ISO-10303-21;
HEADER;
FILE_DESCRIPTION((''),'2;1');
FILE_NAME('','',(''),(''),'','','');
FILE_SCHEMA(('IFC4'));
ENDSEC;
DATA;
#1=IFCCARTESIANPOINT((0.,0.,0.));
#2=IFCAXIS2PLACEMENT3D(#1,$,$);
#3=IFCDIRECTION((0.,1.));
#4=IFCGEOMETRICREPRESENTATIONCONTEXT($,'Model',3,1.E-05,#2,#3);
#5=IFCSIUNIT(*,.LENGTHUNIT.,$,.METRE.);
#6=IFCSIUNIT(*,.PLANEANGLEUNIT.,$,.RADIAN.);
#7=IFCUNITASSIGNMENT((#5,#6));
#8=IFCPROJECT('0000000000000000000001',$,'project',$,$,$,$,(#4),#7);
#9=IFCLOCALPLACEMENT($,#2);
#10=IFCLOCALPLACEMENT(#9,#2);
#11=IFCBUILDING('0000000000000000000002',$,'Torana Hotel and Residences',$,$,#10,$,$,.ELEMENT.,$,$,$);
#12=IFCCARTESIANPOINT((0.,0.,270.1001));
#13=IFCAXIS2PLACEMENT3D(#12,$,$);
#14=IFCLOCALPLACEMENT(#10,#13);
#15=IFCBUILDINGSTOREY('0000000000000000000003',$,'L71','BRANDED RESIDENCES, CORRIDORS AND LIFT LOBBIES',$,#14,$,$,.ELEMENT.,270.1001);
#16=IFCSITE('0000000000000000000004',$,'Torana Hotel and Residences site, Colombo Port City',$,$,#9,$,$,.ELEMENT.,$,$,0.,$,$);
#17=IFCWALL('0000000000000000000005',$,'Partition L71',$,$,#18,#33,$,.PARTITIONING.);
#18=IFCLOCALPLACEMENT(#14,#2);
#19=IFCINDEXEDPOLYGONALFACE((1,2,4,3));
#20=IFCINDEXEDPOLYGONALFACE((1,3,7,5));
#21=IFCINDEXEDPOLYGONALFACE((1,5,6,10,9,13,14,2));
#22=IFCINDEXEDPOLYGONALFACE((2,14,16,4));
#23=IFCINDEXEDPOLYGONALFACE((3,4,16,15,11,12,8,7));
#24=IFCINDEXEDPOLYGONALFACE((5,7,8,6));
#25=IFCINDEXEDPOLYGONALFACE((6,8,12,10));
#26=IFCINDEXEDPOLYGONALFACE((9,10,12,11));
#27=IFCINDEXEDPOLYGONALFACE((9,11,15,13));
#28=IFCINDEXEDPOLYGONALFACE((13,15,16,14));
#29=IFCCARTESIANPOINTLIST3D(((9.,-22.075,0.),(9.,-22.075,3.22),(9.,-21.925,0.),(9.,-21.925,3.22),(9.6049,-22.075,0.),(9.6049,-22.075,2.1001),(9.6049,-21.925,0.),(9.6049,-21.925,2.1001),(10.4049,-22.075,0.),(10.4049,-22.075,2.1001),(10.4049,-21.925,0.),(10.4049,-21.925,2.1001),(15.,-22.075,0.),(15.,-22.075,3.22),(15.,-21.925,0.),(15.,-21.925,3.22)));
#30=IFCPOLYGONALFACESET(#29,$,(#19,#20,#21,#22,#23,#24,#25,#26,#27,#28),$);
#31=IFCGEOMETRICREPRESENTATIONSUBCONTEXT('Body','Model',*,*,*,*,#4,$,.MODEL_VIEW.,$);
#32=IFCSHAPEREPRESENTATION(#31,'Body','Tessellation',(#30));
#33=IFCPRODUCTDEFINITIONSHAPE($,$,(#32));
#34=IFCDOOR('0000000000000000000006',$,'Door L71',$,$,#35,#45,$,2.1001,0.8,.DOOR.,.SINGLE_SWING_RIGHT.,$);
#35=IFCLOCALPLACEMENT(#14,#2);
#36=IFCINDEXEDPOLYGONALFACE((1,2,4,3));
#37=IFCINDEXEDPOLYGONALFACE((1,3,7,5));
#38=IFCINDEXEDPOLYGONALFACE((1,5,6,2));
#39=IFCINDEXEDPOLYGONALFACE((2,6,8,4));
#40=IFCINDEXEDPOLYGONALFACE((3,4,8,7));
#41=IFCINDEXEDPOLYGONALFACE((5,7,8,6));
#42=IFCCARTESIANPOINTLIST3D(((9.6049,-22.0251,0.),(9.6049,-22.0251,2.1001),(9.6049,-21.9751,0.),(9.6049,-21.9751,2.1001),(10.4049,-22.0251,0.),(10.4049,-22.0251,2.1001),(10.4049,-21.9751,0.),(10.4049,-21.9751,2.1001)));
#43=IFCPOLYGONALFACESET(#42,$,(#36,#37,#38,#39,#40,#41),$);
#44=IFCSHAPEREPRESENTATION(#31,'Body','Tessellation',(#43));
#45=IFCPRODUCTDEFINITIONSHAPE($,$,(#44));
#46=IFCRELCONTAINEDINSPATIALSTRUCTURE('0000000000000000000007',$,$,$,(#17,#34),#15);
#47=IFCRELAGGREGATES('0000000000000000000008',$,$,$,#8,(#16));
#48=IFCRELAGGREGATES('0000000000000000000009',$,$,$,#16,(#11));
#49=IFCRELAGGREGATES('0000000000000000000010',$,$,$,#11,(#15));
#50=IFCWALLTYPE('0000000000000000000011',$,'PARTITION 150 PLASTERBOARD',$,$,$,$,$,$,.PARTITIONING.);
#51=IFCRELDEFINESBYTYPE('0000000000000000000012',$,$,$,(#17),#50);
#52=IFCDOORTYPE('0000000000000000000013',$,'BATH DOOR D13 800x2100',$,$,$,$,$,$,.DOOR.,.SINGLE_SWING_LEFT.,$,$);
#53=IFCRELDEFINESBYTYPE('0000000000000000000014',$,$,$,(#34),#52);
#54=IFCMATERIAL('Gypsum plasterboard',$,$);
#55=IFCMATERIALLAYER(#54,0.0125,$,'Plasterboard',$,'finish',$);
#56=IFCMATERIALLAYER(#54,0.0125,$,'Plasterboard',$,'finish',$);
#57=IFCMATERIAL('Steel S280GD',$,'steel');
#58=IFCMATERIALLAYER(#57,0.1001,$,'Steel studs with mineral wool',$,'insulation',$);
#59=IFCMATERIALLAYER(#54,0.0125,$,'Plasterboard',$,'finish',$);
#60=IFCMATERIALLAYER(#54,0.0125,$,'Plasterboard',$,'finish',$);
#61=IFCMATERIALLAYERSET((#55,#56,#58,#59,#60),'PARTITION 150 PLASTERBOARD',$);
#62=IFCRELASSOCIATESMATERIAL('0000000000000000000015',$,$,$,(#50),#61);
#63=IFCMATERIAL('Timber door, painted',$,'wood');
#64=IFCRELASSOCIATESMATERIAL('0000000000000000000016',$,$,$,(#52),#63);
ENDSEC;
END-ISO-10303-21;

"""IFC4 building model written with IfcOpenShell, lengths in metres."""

from ifc_helpers import new_model, si_unit, direction, frame, frame_2d, origin, place, context, subcontext, project, spatial, rectangle, extrude, material, layer, layer_set, type_object, element, fill, save


model = new_model("IFC4")

# Units and contexts
model_context = context("Model", 3, precision=1e-05, world=origin(), true_north=direction((0.0, 1.0)))
body_context = subcontext(model_context, "Body", "Model", "MODEL_VIEW")
ifc_project = project(units=[si_unit("LENGTHUNIT", "METRE"), si_unit("PLANEANGLEUNIT", "RADIAN")], contexts=[model_context])

# Site, building, storey
site_placement = place(None, origin())
site = spatial("IfcSite", under=ifc_project, at=site_placement, Name="Torana Hotel and Residences site, Colombo Port City", CompositionType="ELEMENT", RefElevation=0.0)
building_placement = place(site_placement, origin())
building = spatial("IfcBuilding", under=site, at=building_placement, Name="Torana Hotel and Residences", CompositionType="ELEMENT")
storey_placement = place(building_placement, frame((0.0, 0.0, 270.1001)))
storey = spatial("IfcBuildingStorey", under=building, at=storey_placement, Name="L71", Description="BRANDED RESIDENCES, CORRIDORS AND LIFT LOBBIES", CompositionType="ELEMENT", Elevation=270.1001)

# Shared definitions
ifc_material_1 = material(Name="Gypsum plasterboard")
ifc_layer_1 = layer(ifc_material_1, 0.0125, Name="Plasterboard", Category="finish")
ifc_layer_2 = layer(ifc_material_1, 0.0125, Name="Plasterboard", Category="finish")
ifc_material_2 = material(Name="Steel S280GD", Category="steel")
ifc_layer_3 = layer(ifc_material_2, 0.1001, Name="Steel studs with mineral wool", Category="insulation")
ifc_layer_4 = layer(ifc_material_1, 0.0125, Name="Plasterboard", Category="finish")
ifc_layer_5 = layer(ifc_material_1, 0.0125, Name="Plasterboard", Category="finish")
ifc_layer_set_1 = layer_set([ifc_layer_1, ifc_layer_2, ifc_layer_3, ifc_layer_4, ifc_layer_5], Name="PARTITION 150 PLASTERBOARD")
wall_type_1 = type_object("IfcWallType", Name="PARTITION 150 PLASTERBOARD", PredefinedType="PARTITIONING", material=ifc_layer_set_1)
ifc_material_3 = material(Name="Timber door, painted", Category="wood")
door_type_1 = type_object("IfcDoorType", Name="BATH DOOR D13 800x2100", OperationType="SINGLE_SWING_LEFT", PredefinedType="DOOR", material=ifc_material_3)

# Wall, opening, door
wall_1_placement = place(storey_placement, frame((9.0, -22.0, 0.0), z_axis=(0.0, 0.0, 1.0), x_axis=(1.0, 0.0, 0.0)))
wall_1 = element("IfcWall", 1, at=wall_1_placement, inside=storey, type_object=wall_type_1, Name="Partition L71", PredefinedType="PARTITIONING", context=body_context, shape_type="SweptSolid", body=[
    extrude(rectangle(XDim=6.0, YDim=0.1499, at=frame_2d((3.0, 0.0))), origin(), (0.0, 0.0, 1.0), 3.22),
])
opening_1_placement = place(wall_1_placement, frame((0.605, 0.0, 0.0)))
opening_1 = element("IfcOpeningElement", 2, at=opening_1_placement, cuts=wall_1, PredefinedType="OPENING", context=body_context, shape_type="SweptSolid", body=[
    extrude(rectangle(XDim=0.8, YDim=2.1001, at=frame_2d((0.3999, 1.05))), frame((0.0, 0.085, 0.0), z_axis=(0.0, -1.0, 0.0), x_axis=(1.0, 0.0, 0.0)), (0.0, 0.0, 1.0), 0.1699),
])
door_1_placement = place(opening_1_placement, origin())
door_1 = element("IfcDoor", 3, at=door_1_placement, inside=storey, type_object=door_type_1, Name="Door L71", OperationType="SINGLE_SWING_RIGHT", OverallHeight=2.1001, OverallWidth=0.8, PredefinedType="DOOR", context=body_context, shape_type="SweptSolid", body=[
    extrude(rectangle(XDim=0.8, YDim=2.1001, at=frame_2d((0.3999, 1.05))), frame((0.0, 0.0249, 0.0), z_axis=(0.0, -1.0, 0.0), x_axis=(1.0, 0.0, 0.0)), (0.0, 0.0, 1.0), 0.05),
])
fill(opening_1, door_1)

save(model, "model.ifc")
